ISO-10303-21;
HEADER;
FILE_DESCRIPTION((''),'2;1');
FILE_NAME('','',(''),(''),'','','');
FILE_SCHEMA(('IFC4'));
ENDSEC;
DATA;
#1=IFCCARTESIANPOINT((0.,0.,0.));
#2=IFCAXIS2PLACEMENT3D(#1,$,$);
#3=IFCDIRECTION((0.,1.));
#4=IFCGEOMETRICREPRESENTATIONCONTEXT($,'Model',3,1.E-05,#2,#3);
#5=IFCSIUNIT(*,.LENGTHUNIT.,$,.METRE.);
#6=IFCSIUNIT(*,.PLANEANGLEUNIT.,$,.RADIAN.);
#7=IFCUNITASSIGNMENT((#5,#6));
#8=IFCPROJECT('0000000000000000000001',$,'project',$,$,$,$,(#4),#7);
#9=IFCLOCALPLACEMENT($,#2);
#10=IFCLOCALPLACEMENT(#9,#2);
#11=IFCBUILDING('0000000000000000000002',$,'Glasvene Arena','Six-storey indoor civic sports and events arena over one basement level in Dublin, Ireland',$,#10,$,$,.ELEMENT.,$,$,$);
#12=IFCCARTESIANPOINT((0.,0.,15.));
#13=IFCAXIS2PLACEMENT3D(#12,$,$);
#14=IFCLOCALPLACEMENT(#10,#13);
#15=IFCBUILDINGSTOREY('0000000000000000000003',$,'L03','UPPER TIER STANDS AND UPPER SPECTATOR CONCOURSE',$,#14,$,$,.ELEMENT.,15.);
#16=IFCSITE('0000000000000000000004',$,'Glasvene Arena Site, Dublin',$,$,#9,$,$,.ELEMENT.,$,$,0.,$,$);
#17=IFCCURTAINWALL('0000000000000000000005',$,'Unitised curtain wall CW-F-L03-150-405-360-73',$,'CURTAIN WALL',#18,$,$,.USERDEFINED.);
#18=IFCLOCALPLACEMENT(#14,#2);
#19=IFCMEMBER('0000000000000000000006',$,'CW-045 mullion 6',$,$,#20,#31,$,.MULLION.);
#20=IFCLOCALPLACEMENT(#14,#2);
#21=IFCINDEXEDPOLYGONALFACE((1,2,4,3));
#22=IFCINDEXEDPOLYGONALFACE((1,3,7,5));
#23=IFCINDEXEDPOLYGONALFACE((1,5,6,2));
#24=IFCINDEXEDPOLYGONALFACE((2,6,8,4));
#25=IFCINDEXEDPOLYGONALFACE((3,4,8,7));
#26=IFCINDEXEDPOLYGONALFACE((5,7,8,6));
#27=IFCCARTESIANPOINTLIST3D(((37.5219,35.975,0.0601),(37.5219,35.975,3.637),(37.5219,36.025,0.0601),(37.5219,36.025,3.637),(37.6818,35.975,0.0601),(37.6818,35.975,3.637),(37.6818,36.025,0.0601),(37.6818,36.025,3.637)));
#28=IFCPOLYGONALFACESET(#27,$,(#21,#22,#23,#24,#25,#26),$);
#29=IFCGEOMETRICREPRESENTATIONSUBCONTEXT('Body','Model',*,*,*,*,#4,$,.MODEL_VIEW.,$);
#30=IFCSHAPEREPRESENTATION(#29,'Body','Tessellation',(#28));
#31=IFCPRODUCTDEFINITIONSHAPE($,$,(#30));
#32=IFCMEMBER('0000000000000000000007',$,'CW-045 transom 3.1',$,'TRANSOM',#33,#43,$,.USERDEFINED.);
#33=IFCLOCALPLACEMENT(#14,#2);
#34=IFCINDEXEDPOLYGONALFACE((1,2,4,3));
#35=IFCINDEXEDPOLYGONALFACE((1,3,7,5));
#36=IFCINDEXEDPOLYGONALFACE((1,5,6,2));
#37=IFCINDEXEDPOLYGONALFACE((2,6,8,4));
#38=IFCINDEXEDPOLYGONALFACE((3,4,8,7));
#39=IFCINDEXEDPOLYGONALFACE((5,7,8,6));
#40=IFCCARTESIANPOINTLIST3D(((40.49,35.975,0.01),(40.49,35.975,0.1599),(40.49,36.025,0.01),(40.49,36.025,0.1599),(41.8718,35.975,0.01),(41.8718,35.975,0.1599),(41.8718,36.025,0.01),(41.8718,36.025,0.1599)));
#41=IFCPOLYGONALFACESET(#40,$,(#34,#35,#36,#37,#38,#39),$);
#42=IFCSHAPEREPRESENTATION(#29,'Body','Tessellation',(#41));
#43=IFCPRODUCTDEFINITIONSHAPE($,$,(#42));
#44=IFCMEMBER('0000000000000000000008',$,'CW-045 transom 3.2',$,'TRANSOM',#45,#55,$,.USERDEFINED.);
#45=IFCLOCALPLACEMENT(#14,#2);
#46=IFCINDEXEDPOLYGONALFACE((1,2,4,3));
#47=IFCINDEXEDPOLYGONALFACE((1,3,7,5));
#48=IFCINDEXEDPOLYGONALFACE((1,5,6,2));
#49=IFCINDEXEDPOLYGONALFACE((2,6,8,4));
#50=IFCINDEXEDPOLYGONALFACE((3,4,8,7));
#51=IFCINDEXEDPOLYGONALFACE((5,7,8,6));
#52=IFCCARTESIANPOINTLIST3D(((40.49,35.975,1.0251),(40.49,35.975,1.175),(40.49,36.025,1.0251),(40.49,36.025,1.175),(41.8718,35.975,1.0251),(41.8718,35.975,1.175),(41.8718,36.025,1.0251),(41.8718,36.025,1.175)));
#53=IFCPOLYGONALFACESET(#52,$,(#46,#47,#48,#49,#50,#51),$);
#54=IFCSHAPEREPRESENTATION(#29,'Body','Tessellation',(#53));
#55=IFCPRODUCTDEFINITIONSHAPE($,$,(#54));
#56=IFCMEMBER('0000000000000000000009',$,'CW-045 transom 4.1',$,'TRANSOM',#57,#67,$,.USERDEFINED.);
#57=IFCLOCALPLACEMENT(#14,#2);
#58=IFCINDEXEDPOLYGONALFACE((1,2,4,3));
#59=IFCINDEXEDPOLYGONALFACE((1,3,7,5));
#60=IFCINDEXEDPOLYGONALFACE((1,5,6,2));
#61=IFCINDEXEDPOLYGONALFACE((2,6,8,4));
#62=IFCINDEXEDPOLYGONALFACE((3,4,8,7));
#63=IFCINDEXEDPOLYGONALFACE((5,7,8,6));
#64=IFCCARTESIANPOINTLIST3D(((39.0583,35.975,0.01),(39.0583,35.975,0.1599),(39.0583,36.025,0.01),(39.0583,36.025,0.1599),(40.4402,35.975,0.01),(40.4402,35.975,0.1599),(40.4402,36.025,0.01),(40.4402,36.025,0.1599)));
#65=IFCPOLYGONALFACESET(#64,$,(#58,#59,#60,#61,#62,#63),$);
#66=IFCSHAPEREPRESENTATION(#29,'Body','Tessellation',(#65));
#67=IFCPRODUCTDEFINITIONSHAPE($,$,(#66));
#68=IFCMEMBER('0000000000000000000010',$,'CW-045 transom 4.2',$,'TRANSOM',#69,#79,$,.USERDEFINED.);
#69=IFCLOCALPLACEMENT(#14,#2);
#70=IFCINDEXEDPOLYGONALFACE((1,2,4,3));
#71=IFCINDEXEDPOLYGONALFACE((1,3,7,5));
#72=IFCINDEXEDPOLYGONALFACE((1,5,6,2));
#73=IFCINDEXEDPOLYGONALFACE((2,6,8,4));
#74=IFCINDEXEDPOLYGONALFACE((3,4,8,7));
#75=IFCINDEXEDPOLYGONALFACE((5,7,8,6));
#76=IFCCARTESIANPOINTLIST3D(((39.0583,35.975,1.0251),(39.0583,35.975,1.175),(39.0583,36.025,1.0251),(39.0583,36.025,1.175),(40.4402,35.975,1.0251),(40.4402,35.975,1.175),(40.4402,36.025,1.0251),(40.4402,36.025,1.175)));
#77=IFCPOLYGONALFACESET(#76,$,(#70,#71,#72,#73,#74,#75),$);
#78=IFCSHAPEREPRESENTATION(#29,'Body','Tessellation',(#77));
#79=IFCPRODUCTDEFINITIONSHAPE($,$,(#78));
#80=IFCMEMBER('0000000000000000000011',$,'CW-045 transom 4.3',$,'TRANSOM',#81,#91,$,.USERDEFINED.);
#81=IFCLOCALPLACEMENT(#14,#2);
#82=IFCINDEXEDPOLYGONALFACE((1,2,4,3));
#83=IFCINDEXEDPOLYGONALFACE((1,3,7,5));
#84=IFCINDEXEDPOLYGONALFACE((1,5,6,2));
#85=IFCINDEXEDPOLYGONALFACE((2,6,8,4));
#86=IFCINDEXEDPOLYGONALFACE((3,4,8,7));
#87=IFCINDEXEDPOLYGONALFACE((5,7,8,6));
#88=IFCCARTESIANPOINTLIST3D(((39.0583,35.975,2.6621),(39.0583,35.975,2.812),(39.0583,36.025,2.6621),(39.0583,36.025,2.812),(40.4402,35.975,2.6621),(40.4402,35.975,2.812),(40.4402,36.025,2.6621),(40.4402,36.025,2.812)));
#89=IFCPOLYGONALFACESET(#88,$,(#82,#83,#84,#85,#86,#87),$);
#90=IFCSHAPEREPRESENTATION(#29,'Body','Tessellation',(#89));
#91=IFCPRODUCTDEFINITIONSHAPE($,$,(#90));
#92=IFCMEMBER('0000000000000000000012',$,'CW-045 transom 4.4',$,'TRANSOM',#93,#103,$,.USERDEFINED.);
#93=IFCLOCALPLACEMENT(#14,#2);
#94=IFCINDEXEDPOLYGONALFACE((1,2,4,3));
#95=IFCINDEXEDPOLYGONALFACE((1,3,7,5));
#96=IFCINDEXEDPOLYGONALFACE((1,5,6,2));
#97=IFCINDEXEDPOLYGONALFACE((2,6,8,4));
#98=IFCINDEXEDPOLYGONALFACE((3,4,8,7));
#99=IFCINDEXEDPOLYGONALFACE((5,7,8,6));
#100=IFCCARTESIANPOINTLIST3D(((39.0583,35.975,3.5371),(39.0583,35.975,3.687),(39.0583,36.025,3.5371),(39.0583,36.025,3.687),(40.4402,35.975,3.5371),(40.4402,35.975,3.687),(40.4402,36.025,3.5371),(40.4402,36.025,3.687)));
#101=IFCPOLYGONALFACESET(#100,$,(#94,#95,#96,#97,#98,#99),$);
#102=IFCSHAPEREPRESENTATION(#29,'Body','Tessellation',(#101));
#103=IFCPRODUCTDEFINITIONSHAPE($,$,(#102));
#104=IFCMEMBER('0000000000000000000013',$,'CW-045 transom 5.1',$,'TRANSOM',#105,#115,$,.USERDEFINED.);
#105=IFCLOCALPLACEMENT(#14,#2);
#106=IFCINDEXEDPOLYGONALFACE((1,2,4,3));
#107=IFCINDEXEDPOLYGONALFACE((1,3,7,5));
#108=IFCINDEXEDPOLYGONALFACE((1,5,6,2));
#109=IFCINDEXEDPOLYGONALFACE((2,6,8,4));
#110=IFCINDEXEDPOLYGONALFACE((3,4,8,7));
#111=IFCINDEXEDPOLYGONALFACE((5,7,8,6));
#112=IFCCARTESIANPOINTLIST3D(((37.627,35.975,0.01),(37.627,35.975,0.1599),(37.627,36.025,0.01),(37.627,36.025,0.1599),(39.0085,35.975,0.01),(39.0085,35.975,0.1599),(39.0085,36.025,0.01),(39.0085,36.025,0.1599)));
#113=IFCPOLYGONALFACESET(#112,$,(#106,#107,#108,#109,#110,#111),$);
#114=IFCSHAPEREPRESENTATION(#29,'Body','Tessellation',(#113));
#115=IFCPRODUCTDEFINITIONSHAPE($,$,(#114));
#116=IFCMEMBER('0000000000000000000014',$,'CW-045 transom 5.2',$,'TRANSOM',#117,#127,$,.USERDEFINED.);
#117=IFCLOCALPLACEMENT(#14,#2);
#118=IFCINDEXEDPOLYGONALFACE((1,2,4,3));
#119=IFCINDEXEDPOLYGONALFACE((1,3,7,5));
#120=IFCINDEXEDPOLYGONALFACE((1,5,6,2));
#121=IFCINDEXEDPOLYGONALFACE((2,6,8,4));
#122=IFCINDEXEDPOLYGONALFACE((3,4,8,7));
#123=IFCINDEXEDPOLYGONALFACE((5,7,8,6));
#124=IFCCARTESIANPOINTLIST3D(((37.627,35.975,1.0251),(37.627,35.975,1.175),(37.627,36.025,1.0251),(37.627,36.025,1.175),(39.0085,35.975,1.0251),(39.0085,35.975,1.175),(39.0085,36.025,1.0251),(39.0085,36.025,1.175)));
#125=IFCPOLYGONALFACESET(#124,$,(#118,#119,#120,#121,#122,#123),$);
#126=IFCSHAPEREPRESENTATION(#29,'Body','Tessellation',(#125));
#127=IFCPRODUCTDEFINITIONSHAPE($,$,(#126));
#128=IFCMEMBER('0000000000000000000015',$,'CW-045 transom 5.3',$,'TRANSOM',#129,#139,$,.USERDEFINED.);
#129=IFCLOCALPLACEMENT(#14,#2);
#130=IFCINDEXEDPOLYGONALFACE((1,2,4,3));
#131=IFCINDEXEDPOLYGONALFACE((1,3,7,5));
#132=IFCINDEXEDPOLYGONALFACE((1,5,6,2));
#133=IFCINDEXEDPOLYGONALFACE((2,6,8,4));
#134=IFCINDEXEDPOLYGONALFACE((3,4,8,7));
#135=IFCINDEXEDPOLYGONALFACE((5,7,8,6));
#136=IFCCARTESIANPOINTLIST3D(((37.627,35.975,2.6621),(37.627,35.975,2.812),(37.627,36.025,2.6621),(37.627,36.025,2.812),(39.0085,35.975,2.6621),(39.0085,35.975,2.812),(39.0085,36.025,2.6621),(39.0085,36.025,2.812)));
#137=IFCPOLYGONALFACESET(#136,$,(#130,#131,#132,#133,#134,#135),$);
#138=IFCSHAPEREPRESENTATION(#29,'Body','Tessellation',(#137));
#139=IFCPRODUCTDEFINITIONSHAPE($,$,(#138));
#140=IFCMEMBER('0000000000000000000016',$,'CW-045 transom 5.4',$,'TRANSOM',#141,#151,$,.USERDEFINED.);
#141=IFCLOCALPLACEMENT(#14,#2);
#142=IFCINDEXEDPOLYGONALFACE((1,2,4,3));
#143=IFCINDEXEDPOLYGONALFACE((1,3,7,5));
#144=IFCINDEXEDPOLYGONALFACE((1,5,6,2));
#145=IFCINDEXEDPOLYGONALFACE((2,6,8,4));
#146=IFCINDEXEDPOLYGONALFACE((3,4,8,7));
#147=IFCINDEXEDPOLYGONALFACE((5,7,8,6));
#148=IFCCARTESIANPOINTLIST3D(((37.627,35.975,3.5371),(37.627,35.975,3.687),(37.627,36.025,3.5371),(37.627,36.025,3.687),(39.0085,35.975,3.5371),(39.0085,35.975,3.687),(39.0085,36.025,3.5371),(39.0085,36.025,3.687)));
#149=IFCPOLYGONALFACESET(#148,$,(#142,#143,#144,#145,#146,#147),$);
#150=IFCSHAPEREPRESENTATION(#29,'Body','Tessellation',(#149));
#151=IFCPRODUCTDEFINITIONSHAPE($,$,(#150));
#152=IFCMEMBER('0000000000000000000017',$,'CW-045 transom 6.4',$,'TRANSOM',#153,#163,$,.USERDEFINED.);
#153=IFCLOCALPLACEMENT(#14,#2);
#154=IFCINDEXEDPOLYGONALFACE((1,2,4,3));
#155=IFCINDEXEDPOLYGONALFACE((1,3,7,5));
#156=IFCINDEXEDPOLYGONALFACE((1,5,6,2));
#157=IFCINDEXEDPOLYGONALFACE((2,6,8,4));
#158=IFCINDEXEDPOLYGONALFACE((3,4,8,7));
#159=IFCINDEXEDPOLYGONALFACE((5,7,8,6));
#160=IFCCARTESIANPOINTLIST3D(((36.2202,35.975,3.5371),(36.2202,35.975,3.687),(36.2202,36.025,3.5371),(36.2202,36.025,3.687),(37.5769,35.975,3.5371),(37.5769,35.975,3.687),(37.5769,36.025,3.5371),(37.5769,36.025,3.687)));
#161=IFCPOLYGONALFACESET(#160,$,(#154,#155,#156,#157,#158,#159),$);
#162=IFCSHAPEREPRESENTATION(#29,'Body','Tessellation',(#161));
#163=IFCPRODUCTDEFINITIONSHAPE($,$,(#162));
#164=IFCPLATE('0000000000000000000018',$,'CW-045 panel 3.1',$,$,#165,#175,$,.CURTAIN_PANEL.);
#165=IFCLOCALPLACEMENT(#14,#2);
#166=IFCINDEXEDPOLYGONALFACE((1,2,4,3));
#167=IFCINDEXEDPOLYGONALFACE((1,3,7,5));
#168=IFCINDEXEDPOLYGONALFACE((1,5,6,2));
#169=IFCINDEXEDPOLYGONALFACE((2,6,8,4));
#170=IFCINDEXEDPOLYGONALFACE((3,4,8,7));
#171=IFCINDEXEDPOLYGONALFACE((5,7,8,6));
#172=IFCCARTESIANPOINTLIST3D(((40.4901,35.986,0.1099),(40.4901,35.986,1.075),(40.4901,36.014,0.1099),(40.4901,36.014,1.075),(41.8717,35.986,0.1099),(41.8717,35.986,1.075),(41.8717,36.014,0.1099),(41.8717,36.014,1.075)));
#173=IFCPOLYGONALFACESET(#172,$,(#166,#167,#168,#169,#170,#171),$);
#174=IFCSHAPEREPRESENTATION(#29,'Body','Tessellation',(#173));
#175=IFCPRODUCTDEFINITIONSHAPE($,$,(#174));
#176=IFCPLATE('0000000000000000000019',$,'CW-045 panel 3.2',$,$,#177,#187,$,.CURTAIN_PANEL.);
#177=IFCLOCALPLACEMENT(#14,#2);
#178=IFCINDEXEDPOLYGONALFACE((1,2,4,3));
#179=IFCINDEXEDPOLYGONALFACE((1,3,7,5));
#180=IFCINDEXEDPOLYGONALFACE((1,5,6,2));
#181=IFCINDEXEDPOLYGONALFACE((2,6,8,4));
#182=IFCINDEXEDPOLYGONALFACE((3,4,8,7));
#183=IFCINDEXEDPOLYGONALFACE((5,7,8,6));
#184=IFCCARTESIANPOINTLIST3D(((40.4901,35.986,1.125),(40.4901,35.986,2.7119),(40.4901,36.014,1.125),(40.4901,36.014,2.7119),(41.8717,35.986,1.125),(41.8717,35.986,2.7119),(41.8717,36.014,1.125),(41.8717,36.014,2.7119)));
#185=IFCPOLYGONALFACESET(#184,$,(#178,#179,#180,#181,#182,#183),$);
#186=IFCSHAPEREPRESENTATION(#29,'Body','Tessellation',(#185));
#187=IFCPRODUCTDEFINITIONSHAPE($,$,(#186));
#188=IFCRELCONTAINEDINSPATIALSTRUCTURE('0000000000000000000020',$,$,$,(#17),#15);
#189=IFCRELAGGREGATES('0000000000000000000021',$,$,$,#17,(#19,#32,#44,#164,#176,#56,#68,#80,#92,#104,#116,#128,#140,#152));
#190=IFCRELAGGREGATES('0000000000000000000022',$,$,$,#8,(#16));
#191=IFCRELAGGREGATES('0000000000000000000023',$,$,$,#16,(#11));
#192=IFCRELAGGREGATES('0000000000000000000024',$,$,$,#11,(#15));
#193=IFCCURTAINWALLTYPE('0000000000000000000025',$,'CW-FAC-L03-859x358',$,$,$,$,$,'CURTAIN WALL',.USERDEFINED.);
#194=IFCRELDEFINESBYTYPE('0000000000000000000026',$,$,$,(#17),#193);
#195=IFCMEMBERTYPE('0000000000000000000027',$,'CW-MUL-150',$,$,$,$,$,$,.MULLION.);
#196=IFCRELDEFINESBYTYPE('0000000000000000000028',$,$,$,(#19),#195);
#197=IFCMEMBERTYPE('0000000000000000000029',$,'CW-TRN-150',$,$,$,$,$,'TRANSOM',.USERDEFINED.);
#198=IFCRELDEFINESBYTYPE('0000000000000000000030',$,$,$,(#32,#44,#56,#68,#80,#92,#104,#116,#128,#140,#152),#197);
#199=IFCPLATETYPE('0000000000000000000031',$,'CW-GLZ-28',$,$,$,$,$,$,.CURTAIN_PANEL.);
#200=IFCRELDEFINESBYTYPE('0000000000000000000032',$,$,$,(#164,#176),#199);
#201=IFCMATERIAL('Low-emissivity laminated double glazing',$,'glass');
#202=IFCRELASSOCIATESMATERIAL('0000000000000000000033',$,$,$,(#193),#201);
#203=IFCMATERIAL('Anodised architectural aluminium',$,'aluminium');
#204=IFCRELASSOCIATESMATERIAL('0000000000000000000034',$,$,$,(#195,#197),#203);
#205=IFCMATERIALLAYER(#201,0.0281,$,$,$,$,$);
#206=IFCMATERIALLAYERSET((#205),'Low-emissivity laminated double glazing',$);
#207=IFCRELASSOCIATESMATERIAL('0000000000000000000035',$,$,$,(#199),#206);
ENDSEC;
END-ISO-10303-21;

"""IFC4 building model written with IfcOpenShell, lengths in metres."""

from ifc_helpers import new_model, si_unit, direction, frame, origin, origin_2d, place, context, subcontext, project, spatial, rectangle, extrude, material, layer, layer_set, material_profile, profile_set, type_object, element, aggregate, save


model = new_model("IFC4")

# Units and contexts
model_context = context("Model", 3, precision=1e-05, world=origin(), true_north=direction((0.0, 1.0)))
body_context = subcontext(model_context, "Body", "Model", "MODEL_VIEW")
ifc_project = project(units=[si_unit("LENGTHUNIT", "METRE"), si_unit("PLANEANGLEUNIT", "RADIAN")], contexts=[model_context])

# Site, building, storey
site_placement = place(None, origin())
site = spatial("IfcSite", under=ifc_project, at=site_placement, Name="Glasvene Arena Site, Dublin", CompositionType="ELEMENT", RefElevation=0.0)
building_placement = place(site_placement, origin())
building = spatial("IfcBuilding", under=site, at=building_placement, Name="Glasvene Arena", Description="Six-storey indoor civic sports and events arena over one basement level in Dublin, Ireland", CompositionType="ELEMENT")
storey_placement = place(building_placement, frame((0.0, 0.0, 15.0)))
storey = spatial("IfcBuildingStorey", under=building, at=storey_placement, Name="L03", Description="UPPER TIER STANDS AND UPPER SPECTATOR CONCOURSE", CompositionType="ELEMENT", Elevation=15.0)

# Curtain wall, members, plates
ifc_material_1 = material(Name="Low-emissivity laminated double glazing", Category="glass")
curtain_wall_type_1 = type_object("IfcCurtainWallType", Name="CW-FAC-L03-859x358", ElementType="CURTAIN WALL", PredefinedType="USERDEFINED", material=ifc_material_1)
curtain_wall_1_placement = place(storey_placement, frame((44.76, 36.0, 0.0)))
curtain_wall_1 = element("IfcCurtainWall", 1, at=curtain_wall_1_placement, inside=storey, type_object=curtain_wall_type_1, Name="Unitised curtain wall CW-F-L03-150-405-360-73", ObjectType="CURTAIN WALL", PredefinedType="USERDEFINED")
ifc_material_2 = material(Name="Anodised architectural aluminium", Category="aluminium")
ifc_material_profile_1 = material_profile(ifc_material_2, rectangle(XDim=0.05, YDim=0.1599, at=origin_2d()), Name="ALU MULLION 50x160")
ifc_profile_set_1 = profile_set([ifc_material_profile_1], Name="Anodised architectural aluminium")
member_type_1 = type_object("IfcMemberType", Name="CW-MUL-150", PredefinedType="MULLION", material=ifc_profile_set_1)
member_1_placement = place(storey_placement, frame((37.6018, 36.0, 0.0601), z_axis=(0.0, 0.0, 1.0), x_axis=(0.0, -1.0, 0.0)))
member_1 = element("IfcMember", 2, at=member_1_placement, type_object=member_type_1, Name="CW-045 mullion 6", PredefinedType="MULLION", context=body_context, shape_type="SweptSolid", body=[
    extrude(rectangle(XDim=0.05, YDim=0.1599, at=origin_2d()), origin(), (0.0, 0.0, 1.0), 3.5769),
])
ifc_material_profile_2 = material_profile(ifc_material_2, rectangle(XDim=0.05, YDim=0.1499, at=origin_2d()), Name="ALU TRANSOM 50x150")
ifc_profile_set_2 = profile_set([ifc_material_profile_2], Name="Anodised architectural aluminium")
member_type_2 = type_object("IfcMemberType", Name="CW-TRN-150", ElementType="TRANSOM", PredefinedType="USERDEFINED", material=ifc_profile_set_2)
member_2_placement = place(storey_placement, frame((41.8718, 36.0, 0.085), z_axis=(-1.0, 0.0, 0.0), x_axis=(0.0, -1.0, 0.0)))
member_2 = element("IfcMember", 3, at=member_2_placement, type_object=member_type_2, Name="CW-045 transom 3.1", ObjectType="TRANSOM", PredefinedType="USERDEFINED", context=body_context, shape_type="SweptSolid", body=[
    extrude(rectangle(XDim=0.05, YDim=0.1499, at=origin_2d()), origin(), (0.0, 0.0, 1.0), 1.3818),
])
member_3_placement = place(storey_placement, frame((41.8718, 36.0, 1.1001), z_axis=(-1.0, 0.0, 0.0), x_axis=(0.0, -1.0, 0.0)))
member_3 = element("IfcMember", 4, at=member_3_placement, type_object=member_type_2, Name="CW-045 transom 3.2", ObjectType="TRANSOM", PredefinedType="USERDEFINED", context=body_context, shape_type="SweptSolid", body=[
    extrude(rectangle(XDim=0.05, YDim=0.1499, at=origin_2d()), origin(), (0.0, 0.0, 1.0), 1.3818),
])
member_4_placement = place(storey_placement, frame((40.4402, 36.0, 0.085), z_axis=(-1.0, 0.0, 0.0), x_axis=(0.0, -1.0, 0.0)))
member_4 = element("IfcMember", 5, at=member_4_placement, type_object=member_type_2, Name="CW-045 transom 4.1", ObjectType="TRANSOM", PredefinedType="USERDEFINED", context=body_context, shape_type="SweptSolid", body=[
    extrude(rectangle(XDim=0.05, YDim=0.1499, at=origin_2d()), origin(), (0.0, 0.0, 1.0), 1.3818),
])
member_5_placement = place(storey_placement, frame((40.4402, 36.0, 1.1001), z_axis=(-1.0, 0.0, 0.0), x_axis=(0.0, -1.0, 0.0)))
member_5 = element("IfcMember", 6, at=member_5_placement, type_object=member_type_2, Name="CW-045 transom 4.2", ObjectType="TRANSOM", PredefinedType="USERDEFINED", context=body_context, shape_type="SweptSolid", body=[
    extrude(rectangle(XDim=0.05, YDim=0.1499, at=origin_2d()), origin(), (0.0, 0.0, 1.0), 1.3818),
])
member_6_placement = place(storey_placement, frame((40.4402, 36.0, 2.7371), z_axis=(-1.0, 0.0, 0.0), x_axis=(0.0, -1.0, 0.0)))
member_6 = element("IfcMember", 7, at=member_6_placement, type_object=member_type_2, Name="CW-045 transom 4.3", ObjectType="TRANSOM", PredefinedType="USERDEFINED", context=body_context, shape_type="SweptSolid", body=[
    extrude(rectangle(XDim=0.05, YDim=0.1499, at=origin_2d()), origin(), (0.0, 0.0, 1.0), 1.3818),
])
member_7_placement = place(storey_placement, frame((40.4402, 36.0, 3.6121), z_axis=(-1.0, 0.0, 0.0), x_axis=(0.0, -1.0, 0.0)))
member_7 = element("IfcMember", 8, at=member_7_placement, type_object=member_type_2, Name="CW-045 transom 4.4", ObjectType="TRANSOM", PredefinedType="USERDEFINED", context=body_context, shape_type="SweptSolid", body=[
    extrude(rectangle(XDim=0.05, YDim=0.1499, at=origin_2d()), origin(), (0.0, 0.0, 1.0), 1.3818),
])
member_8_placement = place(storey_placement, frame((39.0085, 36.0, 0.085), z_axis=(-1.0, 0.0, 0.0), x_axis=(0.0, -1.0, 0.0)))
member_8 = element("IfcMember", 9, at=member_8_placement, type_object=member_type_2, Name="CW-045 transom 5.1", ObjectType="TRANSOM", PredefinedType="USERDEFINED", context=body_context, shape_type="SweptSolid", body=[
    extrude(rectangle(XDim=0.05, YDim=0.1499, at=origin_2d()), origin(), (0.0, 0.0, 1.0), 1.3816),
])
member_9_placement = place(storey_placement, frame((39.0085, 36.0, 1.1001), z_axis=(-1.0, 0.0, 0.0), x_axis=(0.0, -1.0, 0.0)))
member_9 = element("IfcMember", 10, at=member_9_placement, type_object=member_type_2, Name="CW-045 transom 5.2", ObjectType="TRANSOM", PredefinedType="USERDEFINED", context=body_context, shape_type="SweptSolid", body=[
    extrude(rectangle(XDim=0.05, YDim=0.1499, at=origin_2d()), origin(), (0.0, 0.0, 1.0), 1.3816),
])
member_10_placement = place(storey_placement, frame((39.0085, 36.0, 2.7371), z_axis=(-1.0, 0.0, 0.0), x_axis=(0.0, -1.0, 0.0)))
member_10 = element("IfcMember", 11, at=member_10_placement, type_object=member_type_2, Name="CW-045 transom 5.3", ObjectType="TRANSOM", PredefinedType="USERDEFINED", context=body_context, shape_type="SweptSolid", body=[
    extrude(rectangle(XDim=0.05, YDim=0.1499, at=origin_2d()), origin(), (0.0, 0.0, 1.0), 1.3816),
])
member_11_placement = place(storey_placement, frame((39.0085, 36.0, 3.6121), z_axis=(-1.0, 0.0, 0.0), x_axis=(0.0, -1.0, 0.0)))
member_11 = element("IfcMember", 12, at=member_11_placement, type_object=member_type_2, Name="CW-045 transom 5.4", ObjectType="TRANSOM", PredefinedType="USERDEFINED", context=body_context, shape_type="SweptSolid", body=[
    extrude(rectangle(XDim=0.05, YDim=0.1499, at=origin_2d()), origin(), (0.0, 0.0, 1.0), 1.3816),
])
member_12_placement = place(storey_placement, frame((37.5769, 36.0, 3.6121), z_axis=(-1.0, 0.0, 0.0), x_axis=(0.0, -1.0, 0.0)))
member_12 = element("IfcMember", 13, at=member_12_placement, type_object=member_type_2, Name="CW-045 transom 6.4", ObjectType="TRANSOM", PredefinedType="USERDEFINED", context=body_context, shape_type="SweptSolid", body=[
    extrude(rectangle(XDim=0.05, YDim=0.1499, at=origin_2d()), origin(), (0.0, 0.0, 1.0), 1.3567),
])
ifc_layer_1 = layer(ifc_material_1, 0.0281)
ifc_layer_set_1 = layer_set([ifc_layer_1], Name="Low-emissivity laminated double glazing")
plate_type = type_object("IfcPlateType", Name="CW-GLZ-28", PredefinedType="CURTAIN_PANEL", material=ifc_layer_set_1)
plate_1_placement = place(storey_placement, frame((41.1809, 36.0, 0.1099), z_axis=(0.0, 0.0, 1.0), x_axis=(-1.0, 0.0, 0.0)))
plate_1 = element("IfcPlate", 14, at=plate_1_placement, type_object=plate_type, Name="CW-045 panel 3.1", PredefinedType="CURTAIN_PANEL", context=body_context, shape_type="SweptSolid", body=[
    extrude(rectangle(XDim=1.3816, YDim=0.0281, at=origin_2d()), origin(), (0.0, 0.0, 1.0), 0.9651),
])
plate_2_placement = place(storey_placement, frame((41.1809, 36.0, 1.125), z_axis=(0.0, 0.0, 1.0), x_axis=(-1.0, 0.0, 0.0)))
plate_2 = element("IfcPlate", 15, at=plate_2_placement, type_object=plate_type, Name="CW-045 panel 3.2", PredefinedType="CURTAIN_PANEL", context=body_context, shape_type="SweptSolid", body=[
    extrude(rectangle(XDim=1.3816, YDim=0.0281, at=origin_2d()), origin(), (0.0, 0.0, 1.0), 1.5869),
])
aggregate(curtain_wall_1, [member_1, member_2, member_3, plate_1, plate_2, member_4, member_5, member_6, member_7, member_8, member_9, member_10, member_11, member_12])

save(model, "model.ifc")
